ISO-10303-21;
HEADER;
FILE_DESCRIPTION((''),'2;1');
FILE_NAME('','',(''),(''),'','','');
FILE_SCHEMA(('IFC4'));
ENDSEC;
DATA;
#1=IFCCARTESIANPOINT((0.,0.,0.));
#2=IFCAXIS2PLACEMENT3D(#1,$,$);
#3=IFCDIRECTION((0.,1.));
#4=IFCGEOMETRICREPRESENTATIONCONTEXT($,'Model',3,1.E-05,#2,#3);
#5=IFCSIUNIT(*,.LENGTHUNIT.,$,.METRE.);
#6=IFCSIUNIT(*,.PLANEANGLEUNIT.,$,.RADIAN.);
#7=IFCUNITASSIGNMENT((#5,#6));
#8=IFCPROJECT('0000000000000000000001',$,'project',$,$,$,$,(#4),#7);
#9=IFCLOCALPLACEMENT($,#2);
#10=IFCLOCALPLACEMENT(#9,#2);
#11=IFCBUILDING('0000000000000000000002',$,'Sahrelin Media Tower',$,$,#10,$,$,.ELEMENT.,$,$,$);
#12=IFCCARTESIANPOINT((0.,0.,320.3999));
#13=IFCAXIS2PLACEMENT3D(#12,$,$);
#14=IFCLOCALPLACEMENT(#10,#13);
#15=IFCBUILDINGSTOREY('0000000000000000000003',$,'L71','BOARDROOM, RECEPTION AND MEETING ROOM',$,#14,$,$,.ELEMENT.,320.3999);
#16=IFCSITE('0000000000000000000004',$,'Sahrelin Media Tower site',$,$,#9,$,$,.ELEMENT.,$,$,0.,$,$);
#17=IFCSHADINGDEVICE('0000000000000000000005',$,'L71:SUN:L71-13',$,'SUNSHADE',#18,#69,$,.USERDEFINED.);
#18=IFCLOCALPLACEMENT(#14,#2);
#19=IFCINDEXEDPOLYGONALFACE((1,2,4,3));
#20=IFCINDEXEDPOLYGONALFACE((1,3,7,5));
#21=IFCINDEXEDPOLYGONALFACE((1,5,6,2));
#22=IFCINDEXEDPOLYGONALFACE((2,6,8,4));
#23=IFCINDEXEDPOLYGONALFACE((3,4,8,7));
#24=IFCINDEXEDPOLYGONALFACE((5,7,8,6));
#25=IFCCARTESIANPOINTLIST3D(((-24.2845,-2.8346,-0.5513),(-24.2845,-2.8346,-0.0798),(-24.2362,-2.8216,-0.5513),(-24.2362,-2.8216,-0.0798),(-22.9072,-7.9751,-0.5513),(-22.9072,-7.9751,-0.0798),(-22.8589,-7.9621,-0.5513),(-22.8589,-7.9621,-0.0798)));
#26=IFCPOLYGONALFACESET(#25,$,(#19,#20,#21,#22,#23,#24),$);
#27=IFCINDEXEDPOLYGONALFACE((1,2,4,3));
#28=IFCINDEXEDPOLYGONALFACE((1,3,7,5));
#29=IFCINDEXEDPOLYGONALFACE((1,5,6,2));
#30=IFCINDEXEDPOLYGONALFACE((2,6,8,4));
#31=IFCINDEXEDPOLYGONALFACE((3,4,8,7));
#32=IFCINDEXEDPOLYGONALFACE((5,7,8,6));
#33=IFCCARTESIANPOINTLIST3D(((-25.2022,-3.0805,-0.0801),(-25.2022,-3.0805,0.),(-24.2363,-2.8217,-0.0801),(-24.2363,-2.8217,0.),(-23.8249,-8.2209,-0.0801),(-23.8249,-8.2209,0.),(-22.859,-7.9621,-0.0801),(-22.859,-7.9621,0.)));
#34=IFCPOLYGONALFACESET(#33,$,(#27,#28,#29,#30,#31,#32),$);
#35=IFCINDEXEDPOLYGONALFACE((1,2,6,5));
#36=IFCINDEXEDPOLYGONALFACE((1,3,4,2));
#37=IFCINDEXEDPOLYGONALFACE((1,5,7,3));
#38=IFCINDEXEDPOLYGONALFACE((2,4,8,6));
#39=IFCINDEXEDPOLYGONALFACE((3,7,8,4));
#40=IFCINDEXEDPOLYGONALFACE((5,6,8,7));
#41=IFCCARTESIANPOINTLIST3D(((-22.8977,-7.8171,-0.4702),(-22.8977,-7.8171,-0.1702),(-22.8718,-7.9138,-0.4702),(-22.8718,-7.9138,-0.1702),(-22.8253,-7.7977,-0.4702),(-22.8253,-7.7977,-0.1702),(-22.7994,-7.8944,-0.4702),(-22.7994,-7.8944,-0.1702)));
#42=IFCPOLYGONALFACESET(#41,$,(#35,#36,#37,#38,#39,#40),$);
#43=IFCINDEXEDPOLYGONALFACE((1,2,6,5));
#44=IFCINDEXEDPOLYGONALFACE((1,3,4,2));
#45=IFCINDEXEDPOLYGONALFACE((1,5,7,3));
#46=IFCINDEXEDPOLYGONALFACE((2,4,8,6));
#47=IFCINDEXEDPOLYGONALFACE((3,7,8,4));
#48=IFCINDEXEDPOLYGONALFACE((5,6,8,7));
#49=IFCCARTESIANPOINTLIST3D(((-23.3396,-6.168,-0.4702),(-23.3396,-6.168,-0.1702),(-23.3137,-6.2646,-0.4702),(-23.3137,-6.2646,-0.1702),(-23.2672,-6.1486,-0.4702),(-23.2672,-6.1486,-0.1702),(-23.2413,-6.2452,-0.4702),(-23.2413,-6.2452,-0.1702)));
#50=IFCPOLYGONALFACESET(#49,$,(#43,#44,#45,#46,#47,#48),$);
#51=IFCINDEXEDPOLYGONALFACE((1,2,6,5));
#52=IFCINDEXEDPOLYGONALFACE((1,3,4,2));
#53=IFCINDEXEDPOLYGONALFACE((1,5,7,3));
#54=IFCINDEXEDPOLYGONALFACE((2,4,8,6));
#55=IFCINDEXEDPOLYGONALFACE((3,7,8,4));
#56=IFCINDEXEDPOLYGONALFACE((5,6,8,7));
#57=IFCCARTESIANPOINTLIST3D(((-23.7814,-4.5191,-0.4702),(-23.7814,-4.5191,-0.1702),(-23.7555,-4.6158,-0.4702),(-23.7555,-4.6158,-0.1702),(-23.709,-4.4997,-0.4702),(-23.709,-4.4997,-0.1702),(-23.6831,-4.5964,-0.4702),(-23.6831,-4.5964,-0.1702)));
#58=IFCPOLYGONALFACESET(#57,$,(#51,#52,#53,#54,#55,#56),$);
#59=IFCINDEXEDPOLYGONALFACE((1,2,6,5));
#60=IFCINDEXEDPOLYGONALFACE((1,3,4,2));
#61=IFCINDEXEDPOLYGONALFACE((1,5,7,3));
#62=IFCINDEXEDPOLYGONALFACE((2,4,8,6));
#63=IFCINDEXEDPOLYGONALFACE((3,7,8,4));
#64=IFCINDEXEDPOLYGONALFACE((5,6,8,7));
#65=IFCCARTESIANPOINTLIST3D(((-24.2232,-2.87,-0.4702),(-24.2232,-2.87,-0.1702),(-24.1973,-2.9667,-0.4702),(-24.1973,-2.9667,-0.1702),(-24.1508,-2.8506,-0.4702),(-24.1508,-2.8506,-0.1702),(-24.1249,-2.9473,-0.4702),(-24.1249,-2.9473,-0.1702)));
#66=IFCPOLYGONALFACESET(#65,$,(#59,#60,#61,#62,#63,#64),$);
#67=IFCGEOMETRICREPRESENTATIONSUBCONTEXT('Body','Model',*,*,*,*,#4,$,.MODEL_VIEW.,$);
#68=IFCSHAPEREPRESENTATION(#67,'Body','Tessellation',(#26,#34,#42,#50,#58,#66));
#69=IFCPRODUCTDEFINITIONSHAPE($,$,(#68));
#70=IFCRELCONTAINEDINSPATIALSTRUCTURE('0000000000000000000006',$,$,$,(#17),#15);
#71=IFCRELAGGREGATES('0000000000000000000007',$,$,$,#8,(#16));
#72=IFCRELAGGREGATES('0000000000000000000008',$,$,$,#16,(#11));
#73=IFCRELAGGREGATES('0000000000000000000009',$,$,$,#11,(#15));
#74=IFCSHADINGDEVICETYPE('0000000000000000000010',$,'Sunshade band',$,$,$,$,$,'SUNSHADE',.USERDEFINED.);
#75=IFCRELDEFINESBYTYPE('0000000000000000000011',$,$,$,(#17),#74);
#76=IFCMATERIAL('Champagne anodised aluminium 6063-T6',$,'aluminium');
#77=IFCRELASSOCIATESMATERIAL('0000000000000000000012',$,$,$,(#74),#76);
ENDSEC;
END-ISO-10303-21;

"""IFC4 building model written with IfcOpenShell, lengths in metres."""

from ifc_helpers import new_model, si_unit, direction, frame, origin, origin_2d, place, context, subcontext, project, spatial, rectangle, extrude, material, type_object, element, save


model = new_model("IFC4")

# Units and contexts
model_context = context("Model", 3, precision=1e-05, world=origin(), true_north=direction((0.0, 1.0)))
body_context = subcontext(model_context, "Body", "Model", "MODEL_VIEW")
ifc_project = project(units=[si_unit("LENGTHUNIT", "METRE"), si_unit("PLANEANGLEUNIT", "RADIAN")], contexts=[model_context])

# Site, building, storey
site_placement = place(None, origin())
site = spatial("IfcSite", under=ifc_project, at=site_placement, Name="Sahrelin Media Tower site", CompositionType="ELEMENT", RefElevation=0.0)
building_placement = place(site_placement, origin())
building = spatial("IfcBuilding", under=site, at=building_placement, Name="Sahrelin Media Tower", CompositionType="ELEMENT")
storey_placement = place(building_placement, frame((0.0, 0.0, 320.3999)))
storey = spatial("IfcBuildingStorey", under=building, at=storey_placement, Name="L71", Description="BOARDROOM, RECEPTION AND MEETING ROOM", CompositionType="ELEMENT", Elevation=320.3999)

# Shared definitions
ifc_material_1 = material(Name="Champagne anodised aluminium 6063-T6", Category="aluminium")

# Shading device
placement_1 = place(storey_placement, frame((-23.5283, -5.3867, 0.0), z_axis=(0.0, 0.0, 1.0), x_axis=(-0.258808, 0.965929, 0.0)))
shading_device_type_1 = type_object("IfcShadingDeviceType", Name="Sunshade band", ElementType="SUNSHADE", PredefinedType="USERDEFINED", material=ifc_material_1)
element("IfcShadingDevice", 1, at=placement_1, inside=storey, type_object=shading_device_type_1, Name="L71:SUN:L71-13", ObjectType="SUNSHADE", PredefinedType="USERDEFINED", context=body_context, shape_type="SweptSolid", body=[
    extrude(rectangle(XDim=5.3218, YDim=0.05, at=origin_2d()), frame((0.0, 0.0449, -0.5513)), (0.0, 0.0, 1.0), 0.4714),
    extrude(rectangle(XDim=5.3218, YDim=1.0, at=origin_2d()), frame((0.0, 0.52, -0.0801)), (0.0, 0.0, 1.0), 0.0801),
    extrude(rectangle(XDim=0.1001, YDim=0.075, at=origin_2d()), frame((-2.5608, -0.0176, -0.4702)), (0.0, 0.0, 1.0), 0.3),
    extrude(rectangle(XDim=0.1001, YDim=0.075, at=origin_2d()), frame((-0.8535, -0.0176, -0.4702)), (0.0, 0.0, 1.0), 0.3),
    extrude(rectangle(XDim=0.1001, YDim=0.075, at=origin_2d()), frame((0.8535, -0.0176, -0.4702)), (0.0, 0.0, 1.0), 0.3),
    extrude(rectangle(XDim=0.1001, YDim=0.075, at=origin_2d()), frame((2.5608, -0.0176, -0.4702)), (0.0, 0.0, 1.0), 0.3),
])

save(model, "model.ifc")
